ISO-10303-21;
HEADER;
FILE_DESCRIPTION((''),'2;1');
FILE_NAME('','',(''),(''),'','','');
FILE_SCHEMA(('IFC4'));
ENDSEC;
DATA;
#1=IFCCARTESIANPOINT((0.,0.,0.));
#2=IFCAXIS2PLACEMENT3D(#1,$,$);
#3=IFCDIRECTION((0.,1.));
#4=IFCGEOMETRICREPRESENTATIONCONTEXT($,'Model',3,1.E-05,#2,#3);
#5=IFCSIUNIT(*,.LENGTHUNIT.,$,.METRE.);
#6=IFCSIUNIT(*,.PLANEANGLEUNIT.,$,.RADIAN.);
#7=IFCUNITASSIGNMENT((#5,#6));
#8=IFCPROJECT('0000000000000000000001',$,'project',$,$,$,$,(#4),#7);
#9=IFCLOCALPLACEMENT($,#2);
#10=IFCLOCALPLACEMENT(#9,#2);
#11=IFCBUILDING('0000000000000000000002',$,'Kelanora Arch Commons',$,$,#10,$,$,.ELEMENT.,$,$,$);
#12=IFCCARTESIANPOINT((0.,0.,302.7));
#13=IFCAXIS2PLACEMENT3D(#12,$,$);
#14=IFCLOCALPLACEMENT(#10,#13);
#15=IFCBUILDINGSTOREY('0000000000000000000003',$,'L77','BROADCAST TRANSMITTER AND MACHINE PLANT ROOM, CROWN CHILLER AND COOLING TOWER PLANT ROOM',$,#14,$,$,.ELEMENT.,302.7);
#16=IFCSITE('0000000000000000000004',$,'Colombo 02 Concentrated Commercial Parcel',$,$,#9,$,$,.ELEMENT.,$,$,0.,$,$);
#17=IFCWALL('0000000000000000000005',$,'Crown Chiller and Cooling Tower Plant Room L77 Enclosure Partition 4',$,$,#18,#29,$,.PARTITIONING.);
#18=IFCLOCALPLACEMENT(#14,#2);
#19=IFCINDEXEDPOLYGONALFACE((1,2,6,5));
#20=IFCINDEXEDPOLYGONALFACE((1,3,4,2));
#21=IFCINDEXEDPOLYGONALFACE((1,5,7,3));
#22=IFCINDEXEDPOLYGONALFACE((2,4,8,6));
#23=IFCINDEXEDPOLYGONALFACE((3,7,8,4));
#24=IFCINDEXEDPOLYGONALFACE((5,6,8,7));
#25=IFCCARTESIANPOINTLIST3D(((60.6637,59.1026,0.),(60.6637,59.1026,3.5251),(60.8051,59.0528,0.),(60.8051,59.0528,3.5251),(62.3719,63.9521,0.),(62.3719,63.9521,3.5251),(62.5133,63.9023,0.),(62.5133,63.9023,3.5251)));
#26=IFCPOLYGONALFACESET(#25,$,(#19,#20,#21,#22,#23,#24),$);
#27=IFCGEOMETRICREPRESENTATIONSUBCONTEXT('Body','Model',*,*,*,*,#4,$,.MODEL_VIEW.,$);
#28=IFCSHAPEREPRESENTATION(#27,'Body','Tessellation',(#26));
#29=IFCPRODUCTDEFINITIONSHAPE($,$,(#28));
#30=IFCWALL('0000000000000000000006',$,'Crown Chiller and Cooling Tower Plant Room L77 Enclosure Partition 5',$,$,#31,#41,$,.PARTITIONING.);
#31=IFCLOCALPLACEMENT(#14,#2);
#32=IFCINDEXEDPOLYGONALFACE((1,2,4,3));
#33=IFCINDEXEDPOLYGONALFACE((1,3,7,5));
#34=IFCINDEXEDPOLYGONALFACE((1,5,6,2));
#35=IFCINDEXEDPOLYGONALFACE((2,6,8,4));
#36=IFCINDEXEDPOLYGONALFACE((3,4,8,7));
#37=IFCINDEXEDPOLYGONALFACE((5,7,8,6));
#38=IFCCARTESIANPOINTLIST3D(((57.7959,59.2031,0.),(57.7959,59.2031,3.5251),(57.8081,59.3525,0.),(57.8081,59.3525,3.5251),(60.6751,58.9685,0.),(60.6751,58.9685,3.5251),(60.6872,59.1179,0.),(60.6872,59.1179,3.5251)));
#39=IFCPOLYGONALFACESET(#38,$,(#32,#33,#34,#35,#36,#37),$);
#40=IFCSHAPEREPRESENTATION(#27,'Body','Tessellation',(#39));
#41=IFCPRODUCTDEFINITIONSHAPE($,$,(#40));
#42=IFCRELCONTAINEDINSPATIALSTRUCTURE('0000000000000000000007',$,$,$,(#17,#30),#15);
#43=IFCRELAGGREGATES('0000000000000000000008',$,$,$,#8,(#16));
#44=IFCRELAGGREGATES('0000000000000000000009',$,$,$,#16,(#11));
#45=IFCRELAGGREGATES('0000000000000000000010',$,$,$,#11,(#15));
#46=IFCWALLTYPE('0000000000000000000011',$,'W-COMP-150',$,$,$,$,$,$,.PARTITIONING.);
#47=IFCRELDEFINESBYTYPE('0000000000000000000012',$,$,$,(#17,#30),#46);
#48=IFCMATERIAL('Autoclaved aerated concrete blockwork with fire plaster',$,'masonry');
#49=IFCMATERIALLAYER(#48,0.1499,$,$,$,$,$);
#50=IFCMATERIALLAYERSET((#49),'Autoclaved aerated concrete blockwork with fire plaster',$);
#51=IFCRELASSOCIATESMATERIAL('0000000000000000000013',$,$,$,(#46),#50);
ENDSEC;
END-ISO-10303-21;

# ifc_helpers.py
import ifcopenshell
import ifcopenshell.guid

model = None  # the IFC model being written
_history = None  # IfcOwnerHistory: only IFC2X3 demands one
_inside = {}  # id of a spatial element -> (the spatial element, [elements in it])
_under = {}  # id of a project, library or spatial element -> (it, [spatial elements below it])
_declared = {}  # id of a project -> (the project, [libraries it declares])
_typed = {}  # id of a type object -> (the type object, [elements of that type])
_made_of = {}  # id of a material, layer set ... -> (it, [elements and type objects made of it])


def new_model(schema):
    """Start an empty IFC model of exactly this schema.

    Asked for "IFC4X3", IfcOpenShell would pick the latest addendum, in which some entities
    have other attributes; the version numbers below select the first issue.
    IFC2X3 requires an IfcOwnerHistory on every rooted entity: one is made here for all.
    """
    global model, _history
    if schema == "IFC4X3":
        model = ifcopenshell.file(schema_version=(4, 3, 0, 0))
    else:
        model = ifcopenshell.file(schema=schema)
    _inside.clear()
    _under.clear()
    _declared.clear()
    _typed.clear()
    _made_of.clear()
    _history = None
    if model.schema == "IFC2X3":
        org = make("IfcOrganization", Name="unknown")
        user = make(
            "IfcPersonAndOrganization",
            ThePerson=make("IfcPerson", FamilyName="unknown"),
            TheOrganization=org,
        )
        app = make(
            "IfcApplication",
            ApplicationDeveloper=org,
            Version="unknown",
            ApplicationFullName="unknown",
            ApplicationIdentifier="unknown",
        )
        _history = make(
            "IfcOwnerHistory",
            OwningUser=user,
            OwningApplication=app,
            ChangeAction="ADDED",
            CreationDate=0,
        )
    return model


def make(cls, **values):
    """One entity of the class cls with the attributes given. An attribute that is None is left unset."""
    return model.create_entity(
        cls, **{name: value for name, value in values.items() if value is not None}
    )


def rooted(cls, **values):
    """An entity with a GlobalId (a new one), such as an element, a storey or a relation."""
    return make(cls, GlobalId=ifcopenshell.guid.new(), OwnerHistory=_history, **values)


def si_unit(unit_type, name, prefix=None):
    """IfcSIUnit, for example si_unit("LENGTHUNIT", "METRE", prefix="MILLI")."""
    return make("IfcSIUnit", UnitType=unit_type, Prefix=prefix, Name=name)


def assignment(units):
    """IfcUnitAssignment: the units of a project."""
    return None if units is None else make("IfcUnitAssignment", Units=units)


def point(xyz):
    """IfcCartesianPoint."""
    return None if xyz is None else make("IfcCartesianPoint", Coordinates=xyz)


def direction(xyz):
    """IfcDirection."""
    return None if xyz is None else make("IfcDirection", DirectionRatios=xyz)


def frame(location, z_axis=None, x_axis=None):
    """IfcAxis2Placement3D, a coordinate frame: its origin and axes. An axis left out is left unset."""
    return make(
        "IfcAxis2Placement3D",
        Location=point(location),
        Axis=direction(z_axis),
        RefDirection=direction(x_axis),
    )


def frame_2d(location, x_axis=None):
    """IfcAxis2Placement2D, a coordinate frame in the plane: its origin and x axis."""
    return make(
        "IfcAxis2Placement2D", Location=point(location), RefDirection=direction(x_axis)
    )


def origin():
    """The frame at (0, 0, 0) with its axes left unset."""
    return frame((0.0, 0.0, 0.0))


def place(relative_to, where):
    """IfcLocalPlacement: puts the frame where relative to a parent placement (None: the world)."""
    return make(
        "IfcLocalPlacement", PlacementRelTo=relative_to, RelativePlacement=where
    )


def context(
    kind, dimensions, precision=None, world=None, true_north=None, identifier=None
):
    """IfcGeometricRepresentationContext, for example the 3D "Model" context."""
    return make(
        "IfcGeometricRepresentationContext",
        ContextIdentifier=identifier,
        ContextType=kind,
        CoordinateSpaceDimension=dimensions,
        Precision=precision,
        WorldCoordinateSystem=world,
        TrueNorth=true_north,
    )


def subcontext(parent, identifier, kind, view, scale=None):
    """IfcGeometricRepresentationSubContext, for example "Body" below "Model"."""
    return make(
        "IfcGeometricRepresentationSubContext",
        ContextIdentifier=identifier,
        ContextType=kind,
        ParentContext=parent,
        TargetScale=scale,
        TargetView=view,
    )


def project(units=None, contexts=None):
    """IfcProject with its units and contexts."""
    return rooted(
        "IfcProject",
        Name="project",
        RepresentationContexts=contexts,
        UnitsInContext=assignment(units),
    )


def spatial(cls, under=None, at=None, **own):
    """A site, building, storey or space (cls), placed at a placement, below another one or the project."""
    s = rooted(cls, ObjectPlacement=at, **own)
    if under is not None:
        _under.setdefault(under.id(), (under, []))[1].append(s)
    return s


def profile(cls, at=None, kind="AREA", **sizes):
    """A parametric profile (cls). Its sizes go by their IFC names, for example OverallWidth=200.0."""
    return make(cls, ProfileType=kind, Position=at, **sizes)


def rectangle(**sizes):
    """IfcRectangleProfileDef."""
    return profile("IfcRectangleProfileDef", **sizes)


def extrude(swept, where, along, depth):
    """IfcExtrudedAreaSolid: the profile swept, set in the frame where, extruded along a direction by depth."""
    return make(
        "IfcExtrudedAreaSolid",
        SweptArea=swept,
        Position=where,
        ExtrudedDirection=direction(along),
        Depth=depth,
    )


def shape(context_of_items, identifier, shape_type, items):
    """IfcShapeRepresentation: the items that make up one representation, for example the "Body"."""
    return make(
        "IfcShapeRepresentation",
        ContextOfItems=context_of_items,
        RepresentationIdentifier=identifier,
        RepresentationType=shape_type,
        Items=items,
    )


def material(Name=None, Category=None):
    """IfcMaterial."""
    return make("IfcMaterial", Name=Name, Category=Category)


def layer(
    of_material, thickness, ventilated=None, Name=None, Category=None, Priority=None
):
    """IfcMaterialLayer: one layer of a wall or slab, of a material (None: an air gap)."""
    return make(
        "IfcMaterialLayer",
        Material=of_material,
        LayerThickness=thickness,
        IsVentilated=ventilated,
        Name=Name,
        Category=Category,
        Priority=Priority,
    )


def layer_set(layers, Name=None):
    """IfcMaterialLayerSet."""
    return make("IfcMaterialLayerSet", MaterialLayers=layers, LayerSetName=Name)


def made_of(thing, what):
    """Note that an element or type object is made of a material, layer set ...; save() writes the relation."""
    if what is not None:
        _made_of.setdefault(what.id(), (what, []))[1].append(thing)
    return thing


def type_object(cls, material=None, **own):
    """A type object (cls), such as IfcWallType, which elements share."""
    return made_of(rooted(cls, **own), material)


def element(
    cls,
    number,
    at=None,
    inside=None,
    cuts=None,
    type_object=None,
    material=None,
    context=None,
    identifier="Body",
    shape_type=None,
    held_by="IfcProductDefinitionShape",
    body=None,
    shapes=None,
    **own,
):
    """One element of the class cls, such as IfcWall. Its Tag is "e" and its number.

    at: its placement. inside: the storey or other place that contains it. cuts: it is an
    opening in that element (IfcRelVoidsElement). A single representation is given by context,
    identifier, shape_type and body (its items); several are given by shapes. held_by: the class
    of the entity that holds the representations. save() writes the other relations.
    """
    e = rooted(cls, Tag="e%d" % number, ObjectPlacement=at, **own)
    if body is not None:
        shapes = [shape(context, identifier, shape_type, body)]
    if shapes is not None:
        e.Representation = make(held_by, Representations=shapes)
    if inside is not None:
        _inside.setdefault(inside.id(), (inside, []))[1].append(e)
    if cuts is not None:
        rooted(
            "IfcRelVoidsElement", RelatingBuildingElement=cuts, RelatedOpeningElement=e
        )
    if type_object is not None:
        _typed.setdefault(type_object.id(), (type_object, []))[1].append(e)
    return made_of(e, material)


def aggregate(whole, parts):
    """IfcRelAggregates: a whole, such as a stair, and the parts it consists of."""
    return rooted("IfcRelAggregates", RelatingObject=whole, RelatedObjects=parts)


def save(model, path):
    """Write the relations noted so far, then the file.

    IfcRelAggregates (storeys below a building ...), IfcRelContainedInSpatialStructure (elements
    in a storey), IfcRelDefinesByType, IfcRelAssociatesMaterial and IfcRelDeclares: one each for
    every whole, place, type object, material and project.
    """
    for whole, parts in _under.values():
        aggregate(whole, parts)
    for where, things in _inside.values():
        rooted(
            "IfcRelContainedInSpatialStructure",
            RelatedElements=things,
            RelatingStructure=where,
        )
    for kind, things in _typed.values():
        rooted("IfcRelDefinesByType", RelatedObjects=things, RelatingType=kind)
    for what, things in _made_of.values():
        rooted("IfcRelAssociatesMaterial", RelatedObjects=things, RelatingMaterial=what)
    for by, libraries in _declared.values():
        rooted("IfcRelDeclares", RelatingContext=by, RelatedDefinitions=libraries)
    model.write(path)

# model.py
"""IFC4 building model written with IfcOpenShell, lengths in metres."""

from ifc_helpers import new_model, si_unit, direction, frame, frame_2d, origin, place, context, subcontext, project, spatial, rectangle, extrude, material, layer, layer_set, type_object, element, save


model = new_model("IFC4")

# Units and contexts
model_context = context("Model", 3, precision=1e-05, world=origin(), true_north=direction((0.0, 1.0)))
body_context = subcontext(model_context, "Body", "Model", "MODEL_VIEW")
ifc_project = project(units=[si_unit("LENGTHUNIT", "METRE"), si_unit("PLANEANGLEUNIT", "RADIAN")], contexts=[model_context])

# Site, building, storey
site_placement = place(None, origin())
site = spatial("IfcSite", under=ifc_project, at=site_placement, Name="Colombo 02 Concentrated Commercial Parcel", CompositionType="ELEMENT", RefElevation=0.0)
building_placement = place(site_placement, origin())
building = spatial("IfcBuilding", under=site, at=building_placement, Name="Kelanora Arch Commons", CompositionType="ELEMENT")
storey_placement = place(building_placement, frame((0.0, 0.0, 302.7)))
storey = spatial("IfcBuildingStorey", under=building, at=storey_placement, Name="L77", Description="BROADCAST TRANSMITTER AND MACHINE PLANT ROOM, CROWN CHILLER AND COOLING TOWER PLANT ROOM", CompositionType="ELEMENT", Elevation=302.7)

# Walls
ifc_material_1 = material(Name="Autoclaved aerated concrete blockwork with fire plaster", Category="masonry")
ifc_layer_1 = layer(ifc_material_1, 0.1499)
ifc_layer_set_1 = layer_set([ifc_layer_1], Name="Autoclaved aerated concrete blockwork with fire plaster")
wall_type = type_object("IfcWallType", Name="W-COMP-150", PredefinedType="PARTITIONING", material=ifc_layer_set_1)
wall_1_placement = place(storey_placement, frame((62.4426, 63.9272, 0.0), z_axis=(0.0, 0.0, 1.0), x_axis=(-0.332236, -0.943196, 0.0)))
element("IfcWall", 1, at=wall_1_placement, inside=storey, type_object=wall_type, Name="Crown Chiller and Cooling Tower Plant Room L77 Enclosure Partition 4", PredefinedType="PARTITIONING", context=body_context, shape_type="SweptSolid", body=[
    extrude(rectangle(XDim=5.1416, YDim=0.1499, at=frame_2d((2.5708, 0.0))), origin(), (0.0, 0.0, 1.0), 3.5251),
])
wall_2_placement = place(storey_placement, frame((60.6812, 59.0432, 0.0), z_axis=(0.0, 0.0, 1.0), x_axis=(-0.996696, 0.08122, 0.0)))
element("IfcWall", 2, at=wall_2_placement, inside=storey, type_object=wall_type, Name="Crown Chiller and Cooling Tower Plant Room L77 Enclosure Partition 5", PredefinedType="PARTITIONING", context=body_context, shape_type="SweptSolid", body=[
    extrude(rectangle(XDim=2.8887, YDim=0.1499, at=frame_2d((1.4443, 0.0))), origin(), (0.0, 0.0, 1.0), 3.5251),
])

save(model, "model.ifc")
